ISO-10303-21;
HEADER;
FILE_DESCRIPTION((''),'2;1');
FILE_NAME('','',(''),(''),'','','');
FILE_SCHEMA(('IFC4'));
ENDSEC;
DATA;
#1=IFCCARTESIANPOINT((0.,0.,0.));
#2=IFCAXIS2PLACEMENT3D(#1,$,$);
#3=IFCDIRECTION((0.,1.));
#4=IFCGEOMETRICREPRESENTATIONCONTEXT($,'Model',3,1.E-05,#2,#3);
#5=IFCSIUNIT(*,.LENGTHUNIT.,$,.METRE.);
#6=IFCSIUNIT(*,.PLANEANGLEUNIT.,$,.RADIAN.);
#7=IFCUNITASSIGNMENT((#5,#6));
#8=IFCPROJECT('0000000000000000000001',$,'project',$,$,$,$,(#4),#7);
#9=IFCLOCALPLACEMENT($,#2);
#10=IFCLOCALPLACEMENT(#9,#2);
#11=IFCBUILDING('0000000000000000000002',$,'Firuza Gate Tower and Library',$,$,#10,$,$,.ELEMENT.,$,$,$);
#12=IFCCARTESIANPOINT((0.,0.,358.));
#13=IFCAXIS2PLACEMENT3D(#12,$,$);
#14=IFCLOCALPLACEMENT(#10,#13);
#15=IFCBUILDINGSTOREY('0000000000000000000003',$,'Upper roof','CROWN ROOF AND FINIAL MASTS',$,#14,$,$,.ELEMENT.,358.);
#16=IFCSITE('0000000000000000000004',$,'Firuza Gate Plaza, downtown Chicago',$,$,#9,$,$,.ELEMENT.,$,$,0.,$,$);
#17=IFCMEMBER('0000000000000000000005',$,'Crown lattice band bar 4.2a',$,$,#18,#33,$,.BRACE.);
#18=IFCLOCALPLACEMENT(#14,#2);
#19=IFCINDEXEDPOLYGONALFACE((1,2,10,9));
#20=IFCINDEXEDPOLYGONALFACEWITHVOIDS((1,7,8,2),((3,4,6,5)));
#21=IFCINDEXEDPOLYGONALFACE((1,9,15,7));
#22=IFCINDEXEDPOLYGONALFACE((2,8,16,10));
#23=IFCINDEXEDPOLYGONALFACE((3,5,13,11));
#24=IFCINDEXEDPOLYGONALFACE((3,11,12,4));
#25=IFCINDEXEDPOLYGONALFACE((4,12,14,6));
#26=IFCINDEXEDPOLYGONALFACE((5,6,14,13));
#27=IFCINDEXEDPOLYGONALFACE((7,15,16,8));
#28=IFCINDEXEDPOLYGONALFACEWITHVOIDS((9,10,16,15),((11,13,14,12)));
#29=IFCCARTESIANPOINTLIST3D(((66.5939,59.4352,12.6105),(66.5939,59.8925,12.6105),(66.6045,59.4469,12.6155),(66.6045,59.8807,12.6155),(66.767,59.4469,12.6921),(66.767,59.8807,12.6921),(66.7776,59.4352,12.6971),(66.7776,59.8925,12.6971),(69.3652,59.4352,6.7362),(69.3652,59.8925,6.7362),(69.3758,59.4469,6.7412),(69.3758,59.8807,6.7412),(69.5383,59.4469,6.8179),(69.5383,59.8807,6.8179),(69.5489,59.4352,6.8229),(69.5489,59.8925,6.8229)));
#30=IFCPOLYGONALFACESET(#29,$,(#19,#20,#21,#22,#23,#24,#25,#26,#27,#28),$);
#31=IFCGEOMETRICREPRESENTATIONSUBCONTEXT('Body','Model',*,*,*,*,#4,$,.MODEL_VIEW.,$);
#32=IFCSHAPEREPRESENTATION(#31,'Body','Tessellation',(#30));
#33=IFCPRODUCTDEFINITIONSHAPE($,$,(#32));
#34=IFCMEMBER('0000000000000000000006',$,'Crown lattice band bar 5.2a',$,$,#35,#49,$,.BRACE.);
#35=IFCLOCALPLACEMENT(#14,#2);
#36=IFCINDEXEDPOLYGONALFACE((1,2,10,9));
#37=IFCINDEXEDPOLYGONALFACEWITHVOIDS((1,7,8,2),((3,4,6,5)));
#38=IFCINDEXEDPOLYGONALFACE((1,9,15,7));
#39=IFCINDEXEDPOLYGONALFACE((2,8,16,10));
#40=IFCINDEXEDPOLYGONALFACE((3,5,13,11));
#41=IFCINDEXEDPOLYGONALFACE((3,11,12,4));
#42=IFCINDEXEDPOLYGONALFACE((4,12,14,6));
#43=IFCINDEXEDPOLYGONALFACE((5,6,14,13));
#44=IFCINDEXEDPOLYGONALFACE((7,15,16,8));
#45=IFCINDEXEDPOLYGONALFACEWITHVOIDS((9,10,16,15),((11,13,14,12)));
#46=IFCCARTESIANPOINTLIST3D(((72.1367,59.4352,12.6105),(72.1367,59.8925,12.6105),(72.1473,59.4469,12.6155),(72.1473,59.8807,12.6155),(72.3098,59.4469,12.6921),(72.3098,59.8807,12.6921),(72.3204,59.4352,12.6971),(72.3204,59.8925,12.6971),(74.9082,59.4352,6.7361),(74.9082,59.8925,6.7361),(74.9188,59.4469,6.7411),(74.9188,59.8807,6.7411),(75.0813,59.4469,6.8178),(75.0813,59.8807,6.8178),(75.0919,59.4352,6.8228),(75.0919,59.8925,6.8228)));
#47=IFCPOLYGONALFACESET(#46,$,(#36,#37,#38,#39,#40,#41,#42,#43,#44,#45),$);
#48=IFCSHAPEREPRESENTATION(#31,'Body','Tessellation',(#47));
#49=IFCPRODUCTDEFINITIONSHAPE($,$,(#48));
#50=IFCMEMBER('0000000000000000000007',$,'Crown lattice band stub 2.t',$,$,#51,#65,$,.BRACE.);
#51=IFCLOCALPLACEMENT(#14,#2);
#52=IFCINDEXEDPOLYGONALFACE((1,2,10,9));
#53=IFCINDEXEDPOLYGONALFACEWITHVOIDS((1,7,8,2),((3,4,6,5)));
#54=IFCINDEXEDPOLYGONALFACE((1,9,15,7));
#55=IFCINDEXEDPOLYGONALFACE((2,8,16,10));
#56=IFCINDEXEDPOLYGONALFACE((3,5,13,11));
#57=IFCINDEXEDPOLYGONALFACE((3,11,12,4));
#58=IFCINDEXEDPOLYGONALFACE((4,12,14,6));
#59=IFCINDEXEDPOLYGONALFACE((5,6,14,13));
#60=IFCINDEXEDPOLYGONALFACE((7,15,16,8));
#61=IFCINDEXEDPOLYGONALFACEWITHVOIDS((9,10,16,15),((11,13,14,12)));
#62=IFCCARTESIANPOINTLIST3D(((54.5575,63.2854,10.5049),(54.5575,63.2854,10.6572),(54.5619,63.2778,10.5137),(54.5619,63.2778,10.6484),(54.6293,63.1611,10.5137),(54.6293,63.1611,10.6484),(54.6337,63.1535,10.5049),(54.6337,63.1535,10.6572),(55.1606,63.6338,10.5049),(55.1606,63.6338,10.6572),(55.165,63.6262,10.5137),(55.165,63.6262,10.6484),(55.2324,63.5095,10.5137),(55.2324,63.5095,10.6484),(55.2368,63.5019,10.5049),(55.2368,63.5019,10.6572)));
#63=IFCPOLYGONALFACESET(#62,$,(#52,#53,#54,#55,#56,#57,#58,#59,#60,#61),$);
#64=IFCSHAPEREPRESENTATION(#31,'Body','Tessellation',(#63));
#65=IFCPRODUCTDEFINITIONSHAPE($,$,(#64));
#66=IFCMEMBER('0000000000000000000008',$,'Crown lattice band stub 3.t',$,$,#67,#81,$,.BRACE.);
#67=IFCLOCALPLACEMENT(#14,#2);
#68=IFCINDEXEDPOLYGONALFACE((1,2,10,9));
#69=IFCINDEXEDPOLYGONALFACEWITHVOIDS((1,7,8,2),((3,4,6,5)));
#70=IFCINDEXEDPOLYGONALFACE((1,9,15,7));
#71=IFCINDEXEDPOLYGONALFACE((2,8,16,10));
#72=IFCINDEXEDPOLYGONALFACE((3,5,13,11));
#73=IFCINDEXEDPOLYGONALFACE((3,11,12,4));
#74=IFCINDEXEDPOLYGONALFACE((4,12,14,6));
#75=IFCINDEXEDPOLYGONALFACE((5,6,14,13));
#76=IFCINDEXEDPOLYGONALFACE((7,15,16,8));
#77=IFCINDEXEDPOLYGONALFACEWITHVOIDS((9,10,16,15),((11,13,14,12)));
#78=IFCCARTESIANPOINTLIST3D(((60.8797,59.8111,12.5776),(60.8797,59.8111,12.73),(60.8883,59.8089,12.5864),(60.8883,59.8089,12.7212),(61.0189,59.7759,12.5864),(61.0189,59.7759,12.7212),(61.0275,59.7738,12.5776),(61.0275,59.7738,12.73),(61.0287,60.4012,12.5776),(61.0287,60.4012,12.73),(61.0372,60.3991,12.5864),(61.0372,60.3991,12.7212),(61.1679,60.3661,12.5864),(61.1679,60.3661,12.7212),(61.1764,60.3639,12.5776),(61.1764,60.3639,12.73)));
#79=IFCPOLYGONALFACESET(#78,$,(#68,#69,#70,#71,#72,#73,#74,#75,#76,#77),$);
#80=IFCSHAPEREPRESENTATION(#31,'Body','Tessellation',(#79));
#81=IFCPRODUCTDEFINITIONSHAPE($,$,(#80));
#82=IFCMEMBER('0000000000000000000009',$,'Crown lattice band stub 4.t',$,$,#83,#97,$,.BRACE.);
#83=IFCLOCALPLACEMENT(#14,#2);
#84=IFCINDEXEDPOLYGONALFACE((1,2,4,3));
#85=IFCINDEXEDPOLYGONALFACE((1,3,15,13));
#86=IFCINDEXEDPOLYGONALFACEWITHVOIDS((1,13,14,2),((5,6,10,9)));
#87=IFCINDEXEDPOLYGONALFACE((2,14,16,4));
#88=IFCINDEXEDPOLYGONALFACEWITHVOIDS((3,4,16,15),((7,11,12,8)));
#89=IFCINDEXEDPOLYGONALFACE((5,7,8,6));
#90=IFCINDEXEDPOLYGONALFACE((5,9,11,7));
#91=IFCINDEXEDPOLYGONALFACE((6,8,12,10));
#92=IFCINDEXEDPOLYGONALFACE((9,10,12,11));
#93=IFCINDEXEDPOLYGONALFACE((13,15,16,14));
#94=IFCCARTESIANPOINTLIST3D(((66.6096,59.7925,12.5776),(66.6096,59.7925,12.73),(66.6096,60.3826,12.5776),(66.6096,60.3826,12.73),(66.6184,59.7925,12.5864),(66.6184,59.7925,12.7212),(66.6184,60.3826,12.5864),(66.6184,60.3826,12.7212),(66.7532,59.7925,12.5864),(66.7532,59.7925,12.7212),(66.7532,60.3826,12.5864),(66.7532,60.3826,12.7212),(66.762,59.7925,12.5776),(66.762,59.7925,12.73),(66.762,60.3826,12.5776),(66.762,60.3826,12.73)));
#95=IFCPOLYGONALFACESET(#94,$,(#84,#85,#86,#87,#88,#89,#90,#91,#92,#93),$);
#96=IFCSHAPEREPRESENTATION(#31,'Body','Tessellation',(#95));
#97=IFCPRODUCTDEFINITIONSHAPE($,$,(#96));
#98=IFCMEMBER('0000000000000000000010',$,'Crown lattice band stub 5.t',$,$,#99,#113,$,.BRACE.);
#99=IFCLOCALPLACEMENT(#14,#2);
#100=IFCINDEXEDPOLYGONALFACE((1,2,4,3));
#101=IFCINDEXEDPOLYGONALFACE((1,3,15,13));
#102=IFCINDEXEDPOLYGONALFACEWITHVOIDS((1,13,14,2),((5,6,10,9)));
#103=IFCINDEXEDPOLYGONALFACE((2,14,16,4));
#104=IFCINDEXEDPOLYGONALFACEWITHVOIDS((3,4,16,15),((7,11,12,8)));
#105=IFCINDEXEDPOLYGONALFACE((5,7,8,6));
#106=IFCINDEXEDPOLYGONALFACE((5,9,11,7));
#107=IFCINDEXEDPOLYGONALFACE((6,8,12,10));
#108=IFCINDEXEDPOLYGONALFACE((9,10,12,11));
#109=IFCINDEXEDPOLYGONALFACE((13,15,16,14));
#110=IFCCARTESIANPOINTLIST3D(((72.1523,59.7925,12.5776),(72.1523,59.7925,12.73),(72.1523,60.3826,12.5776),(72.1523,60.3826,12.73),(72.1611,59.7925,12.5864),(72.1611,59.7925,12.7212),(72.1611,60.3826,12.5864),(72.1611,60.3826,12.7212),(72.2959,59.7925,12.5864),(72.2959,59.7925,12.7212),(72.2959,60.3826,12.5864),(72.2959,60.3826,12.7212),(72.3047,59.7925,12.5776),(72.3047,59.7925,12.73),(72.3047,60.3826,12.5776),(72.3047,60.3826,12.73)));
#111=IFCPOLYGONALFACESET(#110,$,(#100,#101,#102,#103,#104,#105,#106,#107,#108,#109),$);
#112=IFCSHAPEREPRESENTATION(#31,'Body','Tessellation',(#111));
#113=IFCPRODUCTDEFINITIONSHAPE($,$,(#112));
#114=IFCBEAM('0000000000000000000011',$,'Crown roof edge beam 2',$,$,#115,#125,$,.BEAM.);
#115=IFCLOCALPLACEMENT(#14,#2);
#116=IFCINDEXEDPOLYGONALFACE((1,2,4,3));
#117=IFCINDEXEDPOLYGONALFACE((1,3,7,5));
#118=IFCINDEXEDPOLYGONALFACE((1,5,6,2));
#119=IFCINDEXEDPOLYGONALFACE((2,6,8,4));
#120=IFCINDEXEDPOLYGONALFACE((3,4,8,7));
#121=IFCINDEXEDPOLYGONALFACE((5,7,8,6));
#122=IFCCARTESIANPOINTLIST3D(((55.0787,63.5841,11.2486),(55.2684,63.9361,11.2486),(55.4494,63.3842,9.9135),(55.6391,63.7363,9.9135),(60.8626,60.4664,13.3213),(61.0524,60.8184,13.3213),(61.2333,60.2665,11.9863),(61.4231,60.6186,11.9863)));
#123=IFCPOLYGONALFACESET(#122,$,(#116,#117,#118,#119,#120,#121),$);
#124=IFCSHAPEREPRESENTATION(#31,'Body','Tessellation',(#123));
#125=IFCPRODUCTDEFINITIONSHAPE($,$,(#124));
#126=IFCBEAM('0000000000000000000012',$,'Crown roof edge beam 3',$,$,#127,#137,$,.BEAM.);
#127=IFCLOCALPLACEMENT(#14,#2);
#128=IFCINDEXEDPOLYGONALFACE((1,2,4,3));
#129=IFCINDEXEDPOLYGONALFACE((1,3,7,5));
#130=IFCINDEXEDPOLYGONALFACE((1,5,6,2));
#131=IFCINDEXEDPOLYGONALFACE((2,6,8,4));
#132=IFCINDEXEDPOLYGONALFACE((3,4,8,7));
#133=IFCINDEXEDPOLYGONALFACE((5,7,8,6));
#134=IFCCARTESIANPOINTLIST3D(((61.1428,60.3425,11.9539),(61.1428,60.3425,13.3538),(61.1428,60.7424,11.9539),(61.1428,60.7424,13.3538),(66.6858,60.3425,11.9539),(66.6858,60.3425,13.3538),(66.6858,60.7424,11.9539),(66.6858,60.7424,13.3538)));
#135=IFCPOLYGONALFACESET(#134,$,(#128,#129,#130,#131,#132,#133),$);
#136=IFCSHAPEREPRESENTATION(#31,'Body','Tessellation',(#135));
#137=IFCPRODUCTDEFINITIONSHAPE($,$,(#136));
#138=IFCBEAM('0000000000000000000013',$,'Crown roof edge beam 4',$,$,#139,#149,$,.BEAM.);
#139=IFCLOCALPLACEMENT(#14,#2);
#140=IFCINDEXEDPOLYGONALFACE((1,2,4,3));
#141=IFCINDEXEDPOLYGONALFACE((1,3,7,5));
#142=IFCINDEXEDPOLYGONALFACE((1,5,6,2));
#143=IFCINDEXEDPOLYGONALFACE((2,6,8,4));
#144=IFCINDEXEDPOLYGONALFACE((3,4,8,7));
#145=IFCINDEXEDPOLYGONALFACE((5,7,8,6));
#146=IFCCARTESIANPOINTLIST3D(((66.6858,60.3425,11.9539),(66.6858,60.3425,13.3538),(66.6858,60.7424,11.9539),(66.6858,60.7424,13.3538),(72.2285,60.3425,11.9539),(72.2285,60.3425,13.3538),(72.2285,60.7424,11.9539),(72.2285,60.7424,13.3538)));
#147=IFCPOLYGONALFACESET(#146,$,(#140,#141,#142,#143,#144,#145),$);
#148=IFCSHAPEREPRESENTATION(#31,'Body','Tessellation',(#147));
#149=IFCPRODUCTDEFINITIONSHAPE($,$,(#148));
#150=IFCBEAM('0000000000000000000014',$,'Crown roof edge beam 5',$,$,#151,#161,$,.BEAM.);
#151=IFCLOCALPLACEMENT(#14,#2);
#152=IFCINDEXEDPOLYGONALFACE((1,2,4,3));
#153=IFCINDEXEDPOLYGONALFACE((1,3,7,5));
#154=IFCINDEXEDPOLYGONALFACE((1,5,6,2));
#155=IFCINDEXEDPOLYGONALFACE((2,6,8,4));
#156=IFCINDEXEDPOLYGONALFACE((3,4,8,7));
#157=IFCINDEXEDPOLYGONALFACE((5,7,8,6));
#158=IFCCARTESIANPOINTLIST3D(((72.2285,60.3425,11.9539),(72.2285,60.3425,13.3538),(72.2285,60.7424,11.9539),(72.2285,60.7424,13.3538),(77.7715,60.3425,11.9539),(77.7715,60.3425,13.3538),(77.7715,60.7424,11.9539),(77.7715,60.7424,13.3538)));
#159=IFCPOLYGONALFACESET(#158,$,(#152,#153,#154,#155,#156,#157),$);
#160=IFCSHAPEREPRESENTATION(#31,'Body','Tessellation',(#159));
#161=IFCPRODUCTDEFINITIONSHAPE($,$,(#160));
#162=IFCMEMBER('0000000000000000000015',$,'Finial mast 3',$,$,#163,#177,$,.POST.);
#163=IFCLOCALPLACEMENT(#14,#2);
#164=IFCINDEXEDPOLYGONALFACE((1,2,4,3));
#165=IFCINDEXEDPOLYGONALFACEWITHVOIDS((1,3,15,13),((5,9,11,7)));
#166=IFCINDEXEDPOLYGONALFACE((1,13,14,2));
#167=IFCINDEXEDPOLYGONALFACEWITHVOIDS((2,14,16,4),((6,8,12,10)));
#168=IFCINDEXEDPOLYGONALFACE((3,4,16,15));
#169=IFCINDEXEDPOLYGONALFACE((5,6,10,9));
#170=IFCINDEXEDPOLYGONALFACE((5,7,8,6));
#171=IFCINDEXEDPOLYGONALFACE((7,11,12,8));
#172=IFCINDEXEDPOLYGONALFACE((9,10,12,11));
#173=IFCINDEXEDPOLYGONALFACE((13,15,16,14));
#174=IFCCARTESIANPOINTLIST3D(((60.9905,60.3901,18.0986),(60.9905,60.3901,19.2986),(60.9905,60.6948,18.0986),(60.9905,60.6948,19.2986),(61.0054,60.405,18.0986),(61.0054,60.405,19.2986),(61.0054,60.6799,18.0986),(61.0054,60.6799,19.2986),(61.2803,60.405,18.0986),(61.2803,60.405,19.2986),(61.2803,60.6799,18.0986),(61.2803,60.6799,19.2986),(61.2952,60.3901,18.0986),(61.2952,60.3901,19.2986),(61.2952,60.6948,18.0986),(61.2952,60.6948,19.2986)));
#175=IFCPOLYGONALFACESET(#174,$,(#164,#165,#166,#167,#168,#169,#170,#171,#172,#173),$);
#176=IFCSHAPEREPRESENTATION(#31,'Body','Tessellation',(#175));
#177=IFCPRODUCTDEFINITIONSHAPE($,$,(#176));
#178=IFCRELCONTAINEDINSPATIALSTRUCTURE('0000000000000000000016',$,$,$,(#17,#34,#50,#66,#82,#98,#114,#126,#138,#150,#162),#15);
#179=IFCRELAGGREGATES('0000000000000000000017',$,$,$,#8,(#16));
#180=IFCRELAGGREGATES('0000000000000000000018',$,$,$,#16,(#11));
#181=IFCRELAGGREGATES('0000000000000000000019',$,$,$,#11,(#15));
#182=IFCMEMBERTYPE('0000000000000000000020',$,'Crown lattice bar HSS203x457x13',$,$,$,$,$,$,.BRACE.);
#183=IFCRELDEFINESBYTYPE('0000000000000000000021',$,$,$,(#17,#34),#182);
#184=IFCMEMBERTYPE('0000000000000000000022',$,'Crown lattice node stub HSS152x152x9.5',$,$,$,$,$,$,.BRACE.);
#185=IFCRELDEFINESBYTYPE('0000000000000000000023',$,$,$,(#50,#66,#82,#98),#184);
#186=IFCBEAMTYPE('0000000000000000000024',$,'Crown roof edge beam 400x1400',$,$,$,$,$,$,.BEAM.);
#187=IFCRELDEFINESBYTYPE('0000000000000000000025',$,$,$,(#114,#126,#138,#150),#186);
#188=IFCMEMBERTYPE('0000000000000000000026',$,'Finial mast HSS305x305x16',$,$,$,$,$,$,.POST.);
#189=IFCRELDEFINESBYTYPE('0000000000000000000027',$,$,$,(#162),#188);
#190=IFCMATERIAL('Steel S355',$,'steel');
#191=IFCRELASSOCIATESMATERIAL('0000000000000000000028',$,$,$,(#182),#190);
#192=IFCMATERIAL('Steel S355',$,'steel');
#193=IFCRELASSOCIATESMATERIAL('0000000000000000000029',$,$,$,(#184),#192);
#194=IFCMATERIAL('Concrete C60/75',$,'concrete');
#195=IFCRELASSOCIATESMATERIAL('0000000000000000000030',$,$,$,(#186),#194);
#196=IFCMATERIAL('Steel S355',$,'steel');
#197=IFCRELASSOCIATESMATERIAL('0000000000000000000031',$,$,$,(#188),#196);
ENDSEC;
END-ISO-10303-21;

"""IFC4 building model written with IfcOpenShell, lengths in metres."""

from ifc_helpers import new_model, si_unit, direction, frame, origin, origin_2d, place, context, subcontext, project, spatial, rectangle, hollow_rectangle, extrude, material, material_profile, profile_set, type_object, element, save


model = new_model("IFC4")

# Units and contexts
model_context = context("Model", 3, precision=1e-05, world=origin(), true_north=direction((0.0, 1.0)))
body_context = subcontext(model_context, "Body", "Model", "MODEL_VIEW")
ifc_project = project(units=[si_unit("LENGTHUNIT", "METRE"), si_unit("PLANEANGLEUNIT", "RADIAN")], contexts=[model_context])

# Site, building, storey
site_placement = place(None, origin())
site = spatial("IfcSite", under=ifc_project, at=site_placement, Name="Firuza Gate Plaza, downtown Chicago", CompositionType="ELEMENT", RefElevation=0.0)
building_placement = place(site_placement, origin())
building = spatial("IfcBuilding", under=site, at=building_placement, Name="Firuza Gate Tower and Library", CompositionType="ELEMENT")
storey_placement = place(building_placement, frame((0.0, 0.0, 358.0)))
storey = spatial("IfcBuildingStorey", under=building, at=storey_placement, Name="Upper roof", Description="CROWN ROOF AND FINIAL MASTS", CompositionType="ELEMENT", Elevation=358.0)

# Members
ifc_material_1 = material(Name="Steel S355", Category="steel")
ifc_material_profile_1 = material_profile(ifc_material_1, hollow_rectangle(XDim=0.4573, YDim=0.2031, WallThickness=0.0117, at=origin_2d()))
ifc_profile_set_1 = profile_set([ifc_material_profile_1], Name="Steel S355")
member_type_1 = type_object("IfcMemberType", Name="Crown lattice bar HSS203x457x13", PredefinedType="BRACE", material=ifc_profile_set_1)
member_1_placement = place(storey_placement, frame((66.6858, 59.6638, 12.6538), z_axis=(0.426664, 0.0, -0.90441), x_axis=(0.0, 1.0, 0.0)))
element("IfcMember", 1, at=member_1_placement, inside=storey, type_object=member_type_1, Name="Crown lattice band bar 4.2a", PredefinedType="BRACE", context=body_context, shape_type="SweptSolid", body=[
    extrude(hollow_rectangle(XDim=0.4573, YDim=0.2031, WallThickness=0.0117, at=origin_2d()), origin(), (0.0, 0.0, 1.0), 6.4951),
])
member_2_placement = place(storey_placement, frame((72.2285, 59.6638, 12.6538), z_axis=(0.426695, 0.0, -0.904396), x_axis=(0.0, 1.0, 0.0)))
element("IfcMember", 2, at=member_2_placement, inside=storey, type_object=member_type_1, Name="Crown lattice band bar 5.2a", PredefinedType="BRACE", context=body_context, shape_type="SweptSolid", body=[
    extrude(hollow_rectangle(XDim=0.4573, YDim=0.2031, WallThickness=0.0117, at=origin_2d()), origin(), (0.0, 0.0, 1.0), 6.4954),
])
ifc_material_2 = material(Name="Steel S355", Category="steel")
ifc_material_profile_2 = material_profile(ifc_material_2, hollow_rectangle(XDim=0.1523, YDim=0.1523, WallThickness=0.0088, at=origin_2d()))
ifc_profile_set_2 = profile_set([ifc_material_profile_2], Name="Steel S355")
member_type_2 = type_object("IfcMemberType", Name="Crown lattice node stub HSS152x152x9.5", PredefinedType="BRACE", material=ifc_profile_set_2)
member_3_placement = place(storey_placement, frame((55.1987, 63.5679, 10.5811), z_axis=(-0.865882, -0.500248, 0.0), x_axis=(0.500248, -0.865882, 0.0)))
element("IfcMember", 3, at=member_3_placement, inside=storey, type_object=member_type_2, Name="Crown lattice band stub 2.t", PredefinedType="BRACE", context=body_context, shape_type="SweptSolid", body=[
    extrude(hollow_rectangle(XDim=0.1523, YDim=0.1523, WallThickness=0.0088, at=origin_2d()), origin(), (0.0, 0.0, 1.0), 0.6965),
])
member_4_placement = place(storey_placement, frame((61.1025, 60.3826, 12.6538), z_axis=(-0.244706, -0.969597, 0.0), x_axis=(0.969597, -0.244706, 0.0)))
element("IfcMember", 4, at=member_4_placement, inside=storey, type_object=member_type_2, Name="Crown lattice band stub 3.t", PredefinedType="BRACE", context=body_context, shape_type="SweptSolid", body=[
    extrude(hollow_rectangle(XDim=0.1523, YDim=0.1523, WallThickness=0.0088, at=origin_2d()), origin(), (0.0, 0.0, 1.0), 0.6086),
])
for number, where, z_axis, x_axis, name in (
    (5, (66.6858, 60.3826, 12.6538), (0.0, -1.0, 0.0), (1.0, 0.0, 0.0), "Crown lattice band stub 4.t"),
    (6, (72.2285, 60.3826, 12.6538), (0.0, -1.0, 0.0), (1.0, 0.0, 0.0), "Crown lattice band stub 5.t"),
):
    element("IfcMember", number, at=place(storey_placement, frame(where, z_axis=z_axis, x_axis=x_axis)), inside=storey, type_object=member_type_2, Name=name, PredefinedType="BRACE", context=body_context, shape_type="SweptSolid", body=[
        extrude(hollow_rectangle(XDim=0.1523, YDim=0.1523, WallThickness=0.0088, at=origin_2d()), origin(), (0.0, 0.0, 1.0), 0.5901),
    ])

# Beams
ifc_material_3 = material(Name="Concrete C60/75", Category="concrete")
ifc_material_profile_3 = material_profile(ifc_material_3, rectangle(XDim=0.3999, YDim=1.3999, at=origin_2d()))
ifc_profile_set_3 = profile_set([ifc_material_profile_3], Name="Concrete C60/75")
beam_type_1 = type_object("IfcBeamType", Name="Crown roof edge beam 400x1400", PredefinedType="BEAM", material=ifc_profile_set_3)
beam_1_placement = place(storey_placement, frame((55.3589, 63.6602, 10.5811), z_axis=(0.839486, -0.452502, 0.300841), x_axis=(0.474483, 0.880265, 0.0)))
element("IfcBeam", 7, at=beam_1_placement, inside=storey, type_object=beam_type_1, Name="Crown roof edge beam 2", PredefinedType="BEAM", context=body_context, shape_type="SweptSolid", body=[
    extrude(rectangle(XDim=0.3999, YDim=1.3999, at=origin_2d()), origin(), (0.0, 0.0, 1.0), 6.8899),
])
beam_2_placement = place(storey_placement, frame((61.1428, 60.5425, 12.6538), z_axis=(1.0, 0.0, 0.0), x_axis=(0.0, 1.0, 0.0)))
element("IfcBeam", 8, at=beam_2_placement, inside=storey, type_object=beam_type_1, Name="Crown roof edge beam 3", PredefinedType="BEAM", context=body_context, shape_type="SweptSolid", body=[
    extrude(rectangle(XDim=0.3999, YDim=1.3999, at=origin_2d()), origin(), (0.0, 0.0, 1.0), 5.543),
])
beam_3_placement = place(storey_placement, frame((66.6858, 60.5425, 12.6538), z_axis=(1.0, 0.0, 0.0), x_axis=(0.0, 1.0, 0.0)))
element("IfcBeam", 9, at=beam_3_placement, inside=storey, type_object=beam_type_1, Name="Crown roof edge beam 4", PredefinedType="BEAM", context=body_context, shape_type="SweptSolid", body=[
    extrude(rectangle(XDim=0.3999, YDim=1.3999, at=origin_2d()), origin(), (0.0, 0.0, 1.0), 5.5427),
])
beam_4_placement = place(storey_placement, frame((72.2285, 60.5425, 12.6538), z_axis=(1.0, 0.0, 0.0), x_axis=(0.0, 1.0, 0.0)))
element("IfcBeam", 10, at=beam_4_placement, inside=storey, type_object=beam_type_1, Name="Crown roof edge beam 5", PredefinedType="BEAM", context=body_context, shape_type="SweptSolid", body=[
    extrude(rectangle(XDim=0.3999, YDim=1.3999, at=origin_2d()), origin(), (0.0, 0.0, 1.0), 5.543),
])

# Member
ifc_material_4 = material(Name="Steel S355", Category="steel")
ifc_material_profile_4 = material_profile(ifc_material_4, hollow_rectangle(XDim=0.3047, YDim=0.3047, WallThickness=0.0149, at=origin_2d()))
ifc_profile_set_4 = profile_set([ifc_material_profile_4], Name="Steel S355")
member_type_3 = type_object("IfcMemberType", Name="Finial mast HSS305x305x16", PredefinedType="POST", material=ifc_profile_set_4)
member_5_placement = place(storey_placement, frame((61.1428, 60.5425, 18.0986), z_axis=(0.0, 0.0, 1.0), x_axis=(1.0, 0.0, 0.0)))
element("IfcMember", 11, at=member_5_placement, inside=storey, type_object=member_type_3, Name="Finial mast 3", PredefinedType="POST", context=body_context, shape_type="SweptSolid", body=[
    extrude(hollow_rectangle(XDim=0.3047, YDim=0.3047, WallThickness=0.0149, at=origin_2d()), origin(), (0.0, 0.0, 1.0), 1.2),
])

save(model, "model.ifc")
